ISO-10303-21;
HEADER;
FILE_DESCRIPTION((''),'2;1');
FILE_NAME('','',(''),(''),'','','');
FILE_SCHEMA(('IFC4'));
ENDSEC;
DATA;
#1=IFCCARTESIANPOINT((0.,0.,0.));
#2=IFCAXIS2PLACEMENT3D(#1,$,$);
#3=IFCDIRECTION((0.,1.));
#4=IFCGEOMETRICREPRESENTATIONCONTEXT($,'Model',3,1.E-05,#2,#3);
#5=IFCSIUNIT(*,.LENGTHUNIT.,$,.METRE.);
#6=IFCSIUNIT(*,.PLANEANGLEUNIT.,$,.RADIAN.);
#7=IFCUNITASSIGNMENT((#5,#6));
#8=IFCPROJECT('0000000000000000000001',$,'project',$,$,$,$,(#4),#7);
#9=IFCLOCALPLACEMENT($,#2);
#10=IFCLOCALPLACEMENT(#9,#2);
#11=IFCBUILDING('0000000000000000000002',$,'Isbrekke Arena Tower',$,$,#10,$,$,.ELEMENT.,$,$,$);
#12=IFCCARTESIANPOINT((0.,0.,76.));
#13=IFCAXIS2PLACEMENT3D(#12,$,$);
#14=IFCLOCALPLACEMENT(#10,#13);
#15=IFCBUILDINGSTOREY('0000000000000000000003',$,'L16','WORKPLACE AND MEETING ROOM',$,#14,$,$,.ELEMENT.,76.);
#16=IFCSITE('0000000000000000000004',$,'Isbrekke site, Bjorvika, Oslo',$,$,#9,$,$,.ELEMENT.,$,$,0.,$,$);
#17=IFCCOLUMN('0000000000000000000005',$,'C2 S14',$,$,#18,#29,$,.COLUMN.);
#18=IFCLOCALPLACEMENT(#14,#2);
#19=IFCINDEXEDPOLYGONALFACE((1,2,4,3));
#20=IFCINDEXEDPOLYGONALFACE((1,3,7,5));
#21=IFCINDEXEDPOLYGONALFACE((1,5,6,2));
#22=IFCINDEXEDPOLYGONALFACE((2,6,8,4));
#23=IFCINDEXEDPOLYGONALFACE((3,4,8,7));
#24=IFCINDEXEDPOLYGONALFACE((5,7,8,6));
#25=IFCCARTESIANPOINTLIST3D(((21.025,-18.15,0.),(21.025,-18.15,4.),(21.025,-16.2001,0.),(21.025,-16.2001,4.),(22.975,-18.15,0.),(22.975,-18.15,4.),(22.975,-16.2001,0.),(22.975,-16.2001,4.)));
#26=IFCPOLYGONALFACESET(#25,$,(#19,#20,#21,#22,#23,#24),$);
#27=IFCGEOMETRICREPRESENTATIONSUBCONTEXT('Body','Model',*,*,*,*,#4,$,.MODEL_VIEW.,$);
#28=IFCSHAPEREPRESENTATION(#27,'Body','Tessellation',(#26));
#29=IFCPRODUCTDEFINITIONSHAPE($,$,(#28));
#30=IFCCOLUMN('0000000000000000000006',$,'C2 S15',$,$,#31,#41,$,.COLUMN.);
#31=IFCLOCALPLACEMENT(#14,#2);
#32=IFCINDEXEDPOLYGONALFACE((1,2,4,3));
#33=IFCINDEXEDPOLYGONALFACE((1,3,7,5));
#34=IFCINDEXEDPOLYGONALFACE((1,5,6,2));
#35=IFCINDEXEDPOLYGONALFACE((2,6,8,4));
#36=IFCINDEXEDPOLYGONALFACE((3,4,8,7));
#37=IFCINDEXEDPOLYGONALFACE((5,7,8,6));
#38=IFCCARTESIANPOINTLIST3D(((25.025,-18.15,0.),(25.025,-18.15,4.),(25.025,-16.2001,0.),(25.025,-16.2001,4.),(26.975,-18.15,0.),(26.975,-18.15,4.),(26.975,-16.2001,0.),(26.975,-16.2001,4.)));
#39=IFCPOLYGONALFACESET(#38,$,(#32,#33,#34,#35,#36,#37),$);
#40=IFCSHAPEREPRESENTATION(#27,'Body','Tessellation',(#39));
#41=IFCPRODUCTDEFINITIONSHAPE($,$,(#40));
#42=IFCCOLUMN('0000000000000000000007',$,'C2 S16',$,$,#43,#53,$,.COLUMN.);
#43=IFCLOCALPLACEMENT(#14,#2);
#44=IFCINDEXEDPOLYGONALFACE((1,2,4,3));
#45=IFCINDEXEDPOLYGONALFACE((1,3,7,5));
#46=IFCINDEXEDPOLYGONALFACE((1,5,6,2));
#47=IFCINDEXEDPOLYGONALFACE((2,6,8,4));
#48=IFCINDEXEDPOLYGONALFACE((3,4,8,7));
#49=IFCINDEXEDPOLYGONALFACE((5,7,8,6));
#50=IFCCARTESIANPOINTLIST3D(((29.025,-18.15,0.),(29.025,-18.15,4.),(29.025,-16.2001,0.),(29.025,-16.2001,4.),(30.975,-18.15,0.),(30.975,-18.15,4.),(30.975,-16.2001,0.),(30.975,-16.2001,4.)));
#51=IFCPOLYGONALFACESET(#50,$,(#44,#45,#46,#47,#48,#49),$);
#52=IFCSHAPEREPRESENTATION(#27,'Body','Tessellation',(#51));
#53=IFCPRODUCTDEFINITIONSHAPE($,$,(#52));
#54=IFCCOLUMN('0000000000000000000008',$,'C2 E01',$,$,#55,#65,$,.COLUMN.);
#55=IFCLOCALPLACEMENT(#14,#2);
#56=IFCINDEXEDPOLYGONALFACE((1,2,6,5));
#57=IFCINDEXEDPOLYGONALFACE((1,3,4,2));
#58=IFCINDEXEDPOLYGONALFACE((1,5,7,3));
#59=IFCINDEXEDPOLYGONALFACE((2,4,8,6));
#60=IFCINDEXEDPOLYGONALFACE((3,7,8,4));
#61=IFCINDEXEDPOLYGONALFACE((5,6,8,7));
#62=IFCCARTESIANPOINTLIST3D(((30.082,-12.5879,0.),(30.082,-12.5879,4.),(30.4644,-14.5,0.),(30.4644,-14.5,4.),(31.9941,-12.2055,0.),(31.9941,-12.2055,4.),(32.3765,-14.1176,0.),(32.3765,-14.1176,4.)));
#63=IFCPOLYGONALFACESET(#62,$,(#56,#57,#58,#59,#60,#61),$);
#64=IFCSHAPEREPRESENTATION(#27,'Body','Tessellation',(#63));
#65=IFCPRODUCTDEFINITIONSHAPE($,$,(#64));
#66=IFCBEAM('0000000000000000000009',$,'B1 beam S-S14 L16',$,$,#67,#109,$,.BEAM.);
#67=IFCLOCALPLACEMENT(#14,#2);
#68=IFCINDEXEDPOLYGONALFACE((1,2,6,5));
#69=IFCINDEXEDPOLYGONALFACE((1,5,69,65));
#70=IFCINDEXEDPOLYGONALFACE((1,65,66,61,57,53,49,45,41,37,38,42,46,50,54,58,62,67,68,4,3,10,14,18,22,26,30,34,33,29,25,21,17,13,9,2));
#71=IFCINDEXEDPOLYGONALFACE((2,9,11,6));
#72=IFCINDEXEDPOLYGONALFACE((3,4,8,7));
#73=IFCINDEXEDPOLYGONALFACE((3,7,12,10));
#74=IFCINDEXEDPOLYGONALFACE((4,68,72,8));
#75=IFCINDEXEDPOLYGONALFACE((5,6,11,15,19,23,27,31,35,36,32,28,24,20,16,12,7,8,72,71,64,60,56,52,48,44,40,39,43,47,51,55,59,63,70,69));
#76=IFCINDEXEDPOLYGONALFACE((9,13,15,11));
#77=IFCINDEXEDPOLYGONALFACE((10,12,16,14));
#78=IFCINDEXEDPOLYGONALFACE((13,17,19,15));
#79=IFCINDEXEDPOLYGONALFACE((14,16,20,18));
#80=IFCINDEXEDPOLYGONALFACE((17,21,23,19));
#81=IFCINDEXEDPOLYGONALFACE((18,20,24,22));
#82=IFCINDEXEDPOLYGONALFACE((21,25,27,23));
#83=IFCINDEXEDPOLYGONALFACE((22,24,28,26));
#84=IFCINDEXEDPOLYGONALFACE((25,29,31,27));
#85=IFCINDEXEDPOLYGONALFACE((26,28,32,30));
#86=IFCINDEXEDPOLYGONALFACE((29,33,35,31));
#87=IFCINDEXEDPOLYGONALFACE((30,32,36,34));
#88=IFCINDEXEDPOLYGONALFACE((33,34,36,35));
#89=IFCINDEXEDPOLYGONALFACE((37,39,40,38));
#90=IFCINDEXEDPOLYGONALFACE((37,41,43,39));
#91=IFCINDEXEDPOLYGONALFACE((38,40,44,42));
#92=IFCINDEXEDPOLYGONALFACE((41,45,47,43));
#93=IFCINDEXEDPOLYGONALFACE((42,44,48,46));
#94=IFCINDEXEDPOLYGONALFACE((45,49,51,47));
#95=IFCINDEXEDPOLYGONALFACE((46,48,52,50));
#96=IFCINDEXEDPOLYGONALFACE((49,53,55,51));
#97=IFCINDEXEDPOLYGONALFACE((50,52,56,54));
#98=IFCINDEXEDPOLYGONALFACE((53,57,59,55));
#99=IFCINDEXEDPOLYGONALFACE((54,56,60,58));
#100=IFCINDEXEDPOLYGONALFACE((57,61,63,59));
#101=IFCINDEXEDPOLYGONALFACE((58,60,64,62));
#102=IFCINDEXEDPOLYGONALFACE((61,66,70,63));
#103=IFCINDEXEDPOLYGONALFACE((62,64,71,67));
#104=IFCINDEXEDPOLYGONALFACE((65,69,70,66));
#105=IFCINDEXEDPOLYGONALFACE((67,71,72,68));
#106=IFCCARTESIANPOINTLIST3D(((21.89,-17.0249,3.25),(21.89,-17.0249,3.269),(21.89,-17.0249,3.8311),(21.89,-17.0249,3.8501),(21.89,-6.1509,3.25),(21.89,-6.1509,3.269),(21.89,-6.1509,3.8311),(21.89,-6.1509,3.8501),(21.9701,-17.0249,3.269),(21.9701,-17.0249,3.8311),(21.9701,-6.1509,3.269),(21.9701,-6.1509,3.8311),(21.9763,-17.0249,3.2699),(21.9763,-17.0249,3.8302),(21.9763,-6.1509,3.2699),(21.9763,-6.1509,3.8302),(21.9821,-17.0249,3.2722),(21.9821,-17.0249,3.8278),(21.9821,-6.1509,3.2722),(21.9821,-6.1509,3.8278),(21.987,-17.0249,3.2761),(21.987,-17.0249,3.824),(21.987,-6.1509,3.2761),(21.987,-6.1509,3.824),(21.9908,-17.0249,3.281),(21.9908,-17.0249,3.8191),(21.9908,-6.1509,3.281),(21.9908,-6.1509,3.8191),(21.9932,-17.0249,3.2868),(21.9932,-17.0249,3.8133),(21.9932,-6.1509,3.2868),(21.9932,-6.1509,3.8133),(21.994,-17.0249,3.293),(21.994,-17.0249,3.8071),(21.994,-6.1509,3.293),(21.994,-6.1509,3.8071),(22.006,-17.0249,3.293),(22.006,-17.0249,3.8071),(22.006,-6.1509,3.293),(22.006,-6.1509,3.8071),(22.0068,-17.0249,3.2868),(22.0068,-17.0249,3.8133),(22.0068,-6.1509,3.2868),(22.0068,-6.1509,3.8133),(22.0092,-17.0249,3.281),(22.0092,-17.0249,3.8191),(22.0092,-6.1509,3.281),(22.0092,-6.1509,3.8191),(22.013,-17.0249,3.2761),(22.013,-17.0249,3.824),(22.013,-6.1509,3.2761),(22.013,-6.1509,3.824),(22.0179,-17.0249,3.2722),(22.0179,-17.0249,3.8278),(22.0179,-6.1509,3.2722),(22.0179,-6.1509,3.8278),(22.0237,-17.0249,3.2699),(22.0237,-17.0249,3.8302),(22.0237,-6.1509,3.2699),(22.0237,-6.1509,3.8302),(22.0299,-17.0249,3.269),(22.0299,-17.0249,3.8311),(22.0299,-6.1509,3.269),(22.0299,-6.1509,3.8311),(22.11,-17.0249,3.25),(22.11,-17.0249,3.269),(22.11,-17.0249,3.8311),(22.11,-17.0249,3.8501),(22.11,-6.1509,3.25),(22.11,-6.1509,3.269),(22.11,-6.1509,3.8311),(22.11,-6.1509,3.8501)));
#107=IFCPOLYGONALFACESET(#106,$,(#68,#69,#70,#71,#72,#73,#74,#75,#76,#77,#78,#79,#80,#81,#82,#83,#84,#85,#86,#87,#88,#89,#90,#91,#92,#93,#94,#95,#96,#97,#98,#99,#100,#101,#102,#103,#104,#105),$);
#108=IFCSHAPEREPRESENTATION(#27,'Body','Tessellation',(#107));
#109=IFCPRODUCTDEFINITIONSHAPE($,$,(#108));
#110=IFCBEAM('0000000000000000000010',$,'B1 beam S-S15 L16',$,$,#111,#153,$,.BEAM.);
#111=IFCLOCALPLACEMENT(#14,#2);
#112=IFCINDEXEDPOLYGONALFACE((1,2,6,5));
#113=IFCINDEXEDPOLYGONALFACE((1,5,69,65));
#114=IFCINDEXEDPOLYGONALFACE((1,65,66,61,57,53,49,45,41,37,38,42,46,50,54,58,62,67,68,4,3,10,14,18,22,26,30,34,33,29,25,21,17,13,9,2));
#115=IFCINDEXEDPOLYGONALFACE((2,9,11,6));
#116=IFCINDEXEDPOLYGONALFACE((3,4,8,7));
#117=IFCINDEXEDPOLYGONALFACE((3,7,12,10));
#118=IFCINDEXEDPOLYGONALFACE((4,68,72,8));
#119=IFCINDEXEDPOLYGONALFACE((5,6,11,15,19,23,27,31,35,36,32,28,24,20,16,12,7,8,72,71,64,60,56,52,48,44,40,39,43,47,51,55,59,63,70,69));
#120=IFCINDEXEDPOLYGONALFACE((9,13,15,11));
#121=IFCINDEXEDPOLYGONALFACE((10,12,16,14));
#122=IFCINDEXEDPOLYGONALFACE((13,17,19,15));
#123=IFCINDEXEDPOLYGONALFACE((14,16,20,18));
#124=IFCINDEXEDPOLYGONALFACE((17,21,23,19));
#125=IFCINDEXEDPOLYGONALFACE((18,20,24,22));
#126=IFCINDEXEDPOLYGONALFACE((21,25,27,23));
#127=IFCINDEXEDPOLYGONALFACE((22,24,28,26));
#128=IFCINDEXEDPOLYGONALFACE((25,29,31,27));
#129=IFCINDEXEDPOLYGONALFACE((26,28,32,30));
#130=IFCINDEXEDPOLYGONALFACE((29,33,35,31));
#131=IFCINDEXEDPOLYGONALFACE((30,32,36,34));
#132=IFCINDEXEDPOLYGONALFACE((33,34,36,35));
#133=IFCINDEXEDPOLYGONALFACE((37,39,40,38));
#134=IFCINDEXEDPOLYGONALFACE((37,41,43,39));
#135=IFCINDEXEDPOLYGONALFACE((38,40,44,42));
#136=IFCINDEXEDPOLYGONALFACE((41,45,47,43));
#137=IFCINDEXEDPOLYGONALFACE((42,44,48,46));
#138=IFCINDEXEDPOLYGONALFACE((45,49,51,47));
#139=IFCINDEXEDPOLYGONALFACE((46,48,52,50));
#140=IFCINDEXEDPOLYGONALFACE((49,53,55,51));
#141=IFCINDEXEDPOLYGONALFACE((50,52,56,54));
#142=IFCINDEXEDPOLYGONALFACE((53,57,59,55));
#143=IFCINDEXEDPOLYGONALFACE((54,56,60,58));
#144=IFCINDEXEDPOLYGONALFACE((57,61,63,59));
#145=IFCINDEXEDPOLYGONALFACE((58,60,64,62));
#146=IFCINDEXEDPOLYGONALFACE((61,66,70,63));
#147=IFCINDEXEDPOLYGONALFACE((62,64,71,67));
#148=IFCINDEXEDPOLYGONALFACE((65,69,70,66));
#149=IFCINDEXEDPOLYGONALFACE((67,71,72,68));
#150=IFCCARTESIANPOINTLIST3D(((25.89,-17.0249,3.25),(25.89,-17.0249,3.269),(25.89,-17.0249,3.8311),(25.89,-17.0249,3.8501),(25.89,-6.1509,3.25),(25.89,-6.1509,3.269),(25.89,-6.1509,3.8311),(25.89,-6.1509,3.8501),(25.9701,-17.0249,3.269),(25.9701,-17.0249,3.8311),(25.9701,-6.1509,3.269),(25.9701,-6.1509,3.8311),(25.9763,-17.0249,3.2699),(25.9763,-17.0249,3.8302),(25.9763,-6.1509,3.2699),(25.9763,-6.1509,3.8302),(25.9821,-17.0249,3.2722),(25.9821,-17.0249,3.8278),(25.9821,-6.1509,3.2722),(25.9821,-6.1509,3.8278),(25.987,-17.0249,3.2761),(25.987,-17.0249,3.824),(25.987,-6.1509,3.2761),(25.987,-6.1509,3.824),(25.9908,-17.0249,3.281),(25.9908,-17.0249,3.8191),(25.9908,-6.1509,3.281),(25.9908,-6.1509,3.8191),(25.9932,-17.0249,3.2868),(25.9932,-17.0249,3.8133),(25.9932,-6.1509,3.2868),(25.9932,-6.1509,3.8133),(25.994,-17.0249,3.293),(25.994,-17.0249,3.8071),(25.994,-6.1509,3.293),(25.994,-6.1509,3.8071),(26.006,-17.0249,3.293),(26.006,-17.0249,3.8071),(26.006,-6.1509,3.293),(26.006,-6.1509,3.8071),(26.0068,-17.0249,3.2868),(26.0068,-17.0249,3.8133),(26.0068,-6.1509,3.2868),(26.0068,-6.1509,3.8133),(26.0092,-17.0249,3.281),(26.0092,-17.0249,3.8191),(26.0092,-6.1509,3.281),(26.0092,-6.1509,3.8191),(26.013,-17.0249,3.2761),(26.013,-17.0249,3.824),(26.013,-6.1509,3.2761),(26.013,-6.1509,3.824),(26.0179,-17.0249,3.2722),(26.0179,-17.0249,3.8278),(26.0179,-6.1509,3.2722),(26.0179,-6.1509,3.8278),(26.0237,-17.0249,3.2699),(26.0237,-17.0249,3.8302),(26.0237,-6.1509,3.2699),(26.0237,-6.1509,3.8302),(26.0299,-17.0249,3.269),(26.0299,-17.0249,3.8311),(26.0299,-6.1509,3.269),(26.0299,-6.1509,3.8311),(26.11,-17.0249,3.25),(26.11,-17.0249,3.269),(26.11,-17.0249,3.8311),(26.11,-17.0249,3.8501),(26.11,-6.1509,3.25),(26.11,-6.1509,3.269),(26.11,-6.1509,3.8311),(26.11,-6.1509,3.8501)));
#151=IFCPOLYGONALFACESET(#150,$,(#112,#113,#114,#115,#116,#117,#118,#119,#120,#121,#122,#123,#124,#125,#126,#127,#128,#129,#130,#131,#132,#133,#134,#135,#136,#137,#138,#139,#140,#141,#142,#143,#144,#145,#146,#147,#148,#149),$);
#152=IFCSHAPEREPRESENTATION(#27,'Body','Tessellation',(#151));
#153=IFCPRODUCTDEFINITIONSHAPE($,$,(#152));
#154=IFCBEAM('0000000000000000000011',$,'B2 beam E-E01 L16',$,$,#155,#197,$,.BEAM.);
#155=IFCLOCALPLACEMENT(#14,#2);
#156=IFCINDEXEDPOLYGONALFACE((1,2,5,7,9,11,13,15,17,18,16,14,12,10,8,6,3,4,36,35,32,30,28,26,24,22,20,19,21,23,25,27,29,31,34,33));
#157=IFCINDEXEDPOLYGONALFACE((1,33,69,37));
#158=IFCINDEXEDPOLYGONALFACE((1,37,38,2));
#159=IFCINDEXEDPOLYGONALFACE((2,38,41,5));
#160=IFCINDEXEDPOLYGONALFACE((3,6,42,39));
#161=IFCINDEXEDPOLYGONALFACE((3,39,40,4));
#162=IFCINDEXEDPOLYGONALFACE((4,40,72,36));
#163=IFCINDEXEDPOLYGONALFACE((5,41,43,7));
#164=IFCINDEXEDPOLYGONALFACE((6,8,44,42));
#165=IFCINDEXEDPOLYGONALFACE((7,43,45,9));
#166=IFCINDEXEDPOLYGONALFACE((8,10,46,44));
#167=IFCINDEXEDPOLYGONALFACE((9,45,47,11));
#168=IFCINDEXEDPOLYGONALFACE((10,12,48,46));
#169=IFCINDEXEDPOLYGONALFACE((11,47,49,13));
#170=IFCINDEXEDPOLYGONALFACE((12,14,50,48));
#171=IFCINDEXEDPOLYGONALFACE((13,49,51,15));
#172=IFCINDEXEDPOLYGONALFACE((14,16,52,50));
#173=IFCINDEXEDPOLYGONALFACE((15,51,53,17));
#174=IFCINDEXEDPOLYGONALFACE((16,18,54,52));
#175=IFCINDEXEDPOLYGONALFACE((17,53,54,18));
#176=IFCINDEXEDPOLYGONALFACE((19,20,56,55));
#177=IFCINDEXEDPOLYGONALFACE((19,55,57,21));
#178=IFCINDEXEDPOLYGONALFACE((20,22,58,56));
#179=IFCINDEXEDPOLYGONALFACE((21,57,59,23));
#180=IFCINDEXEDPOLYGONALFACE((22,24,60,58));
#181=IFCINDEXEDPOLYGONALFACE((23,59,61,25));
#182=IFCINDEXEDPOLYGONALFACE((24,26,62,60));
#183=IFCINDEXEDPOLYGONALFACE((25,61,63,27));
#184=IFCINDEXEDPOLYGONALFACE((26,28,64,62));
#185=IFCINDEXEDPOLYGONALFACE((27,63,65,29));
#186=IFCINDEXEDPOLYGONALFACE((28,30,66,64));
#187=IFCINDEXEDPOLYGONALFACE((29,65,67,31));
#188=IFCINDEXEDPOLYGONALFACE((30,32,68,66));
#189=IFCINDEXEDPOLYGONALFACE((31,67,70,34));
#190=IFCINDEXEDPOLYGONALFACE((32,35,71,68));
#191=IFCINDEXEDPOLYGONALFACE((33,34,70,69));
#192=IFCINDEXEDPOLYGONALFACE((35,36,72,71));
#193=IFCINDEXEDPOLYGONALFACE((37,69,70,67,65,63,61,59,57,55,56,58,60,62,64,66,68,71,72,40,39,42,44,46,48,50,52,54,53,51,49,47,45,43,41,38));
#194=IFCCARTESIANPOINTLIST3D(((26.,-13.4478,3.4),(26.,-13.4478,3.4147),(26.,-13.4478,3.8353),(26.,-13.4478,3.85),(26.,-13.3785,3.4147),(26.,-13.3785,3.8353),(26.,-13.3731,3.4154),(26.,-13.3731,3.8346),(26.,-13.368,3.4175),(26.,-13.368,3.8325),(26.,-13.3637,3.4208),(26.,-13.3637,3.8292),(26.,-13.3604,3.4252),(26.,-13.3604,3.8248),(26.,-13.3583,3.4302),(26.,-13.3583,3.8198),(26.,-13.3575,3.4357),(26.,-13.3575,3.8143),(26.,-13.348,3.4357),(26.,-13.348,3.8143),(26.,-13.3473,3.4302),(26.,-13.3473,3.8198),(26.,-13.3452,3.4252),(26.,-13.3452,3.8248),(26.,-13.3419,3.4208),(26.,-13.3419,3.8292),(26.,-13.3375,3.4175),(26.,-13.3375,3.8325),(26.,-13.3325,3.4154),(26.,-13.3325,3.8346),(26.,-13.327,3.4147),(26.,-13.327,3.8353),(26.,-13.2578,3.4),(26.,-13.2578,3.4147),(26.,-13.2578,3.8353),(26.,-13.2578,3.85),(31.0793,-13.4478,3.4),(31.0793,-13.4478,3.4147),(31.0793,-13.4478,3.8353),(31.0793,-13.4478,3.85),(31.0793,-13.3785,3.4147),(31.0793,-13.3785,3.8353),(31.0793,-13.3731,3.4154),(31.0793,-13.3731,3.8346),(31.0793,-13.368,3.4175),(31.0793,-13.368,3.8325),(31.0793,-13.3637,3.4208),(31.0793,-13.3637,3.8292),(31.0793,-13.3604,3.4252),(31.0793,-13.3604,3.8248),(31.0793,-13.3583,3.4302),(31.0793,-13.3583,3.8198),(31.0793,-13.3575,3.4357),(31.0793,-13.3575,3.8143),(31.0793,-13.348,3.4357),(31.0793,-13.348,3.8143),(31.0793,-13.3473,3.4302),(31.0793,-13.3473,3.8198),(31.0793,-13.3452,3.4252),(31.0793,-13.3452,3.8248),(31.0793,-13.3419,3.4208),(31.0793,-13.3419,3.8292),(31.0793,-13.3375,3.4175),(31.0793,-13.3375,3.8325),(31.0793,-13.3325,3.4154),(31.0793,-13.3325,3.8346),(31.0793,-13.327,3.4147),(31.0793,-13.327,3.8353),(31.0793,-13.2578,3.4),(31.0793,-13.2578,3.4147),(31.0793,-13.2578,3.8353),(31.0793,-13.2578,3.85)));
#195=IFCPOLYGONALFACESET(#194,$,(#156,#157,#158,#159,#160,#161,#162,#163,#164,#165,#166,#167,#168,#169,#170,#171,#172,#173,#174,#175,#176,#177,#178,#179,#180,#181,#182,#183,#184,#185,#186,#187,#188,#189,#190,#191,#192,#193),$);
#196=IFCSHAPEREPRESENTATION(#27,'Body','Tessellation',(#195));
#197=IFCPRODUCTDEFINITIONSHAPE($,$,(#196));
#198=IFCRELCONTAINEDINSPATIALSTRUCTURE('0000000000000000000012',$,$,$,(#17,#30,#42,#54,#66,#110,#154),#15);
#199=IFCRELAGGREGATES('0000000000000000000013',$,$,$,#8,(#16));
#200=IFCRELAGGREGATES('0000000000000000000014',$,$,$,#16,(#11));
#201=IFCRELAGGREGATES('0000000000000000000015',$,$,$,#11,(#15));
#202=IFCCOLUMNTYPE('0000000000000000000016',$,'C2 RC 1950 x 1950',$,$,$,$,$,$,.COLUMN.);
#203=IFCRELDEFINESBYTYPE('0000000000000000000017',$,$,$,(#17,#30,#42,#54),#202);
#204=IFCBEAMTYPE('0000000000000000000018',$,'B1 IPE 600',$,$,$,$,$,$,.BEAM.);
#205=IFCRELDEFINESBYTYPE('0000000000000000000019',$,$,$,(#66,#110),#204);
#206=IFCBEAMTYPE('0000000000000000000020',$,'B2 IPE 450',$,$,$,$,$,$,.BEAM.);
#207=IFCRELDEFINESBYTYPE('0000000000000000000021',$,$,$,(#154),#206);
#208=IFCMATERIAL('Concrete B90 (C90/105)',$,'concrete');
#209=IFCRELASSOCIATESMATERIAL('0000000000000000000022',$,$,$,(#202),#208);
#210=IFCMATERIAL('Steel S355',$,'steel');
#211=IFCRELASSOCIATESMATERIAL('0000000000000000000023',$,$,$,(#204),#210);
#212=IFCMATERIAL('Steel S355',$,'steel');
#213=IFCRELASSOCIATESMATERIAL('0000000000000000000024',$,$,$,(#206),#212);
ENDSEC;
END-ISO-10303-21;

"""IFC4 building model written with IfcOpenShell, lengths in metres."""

from ifc_helpers import new_model, si_unit, direction, frame, origin, origin_2d, place, context, subcontext, project, spatial, rectangle, i_section, extrude, material, material_profile, profile_set, type_object, element, save


model = new_model("IFC4")

# Units and contexts
model_context = context("Model", 3, precision=1e-05, world=origin(), true_north=direction((0.0, 1.0)))
body_context = subcontext(model_context, "Body", "Model", "MODEL_VIEW")
ifc_project = project(units=[si_unit("LENGTHUNIT", "METRE"), si_unit("PLANEANGLEUNIT", "RADIAN")], contexts=[model_context])

# Site, building, storey
site_placement = place(None, origin())
site = spatial("IfcSite", under=ifc_project, at=site_placement, Name="Isbrekke site, Bjorvika, Oslo", CompositionType="ELEMENT", RefElevation=0.0)
building_placement = place(site_placement, origin())
building = spatial("IfcBuilding", under=site, at=building_placement, Name="Isbrekke Arena Tower", CompositionType="ELEMENT")
storey_placement = place(building_placement, frame((0.0, 0.0, 76.0)))
storey = spatial("IfcBuildingStorey", under=building, at=storey_placement, Name="L16", Description="WORKPLACE AND MEETING ROOM", CompositionType="ELEMENT", Elevation=76.0)

# Columns
ifc_material_1 = material(Name="Concrete B90 (C90/105)", Category="concrete")
ifc_material_profile_1 = material_profile(ifc_material_1, rectangle(XDim=1.95, YDim=1.95, at=origin_2d()), Name="RC 1950x1950")
ifc_profile_set_1 = profile_set([ifc_material_profile_1], Name="Concrete B90 (C90/105)")
column_type = type_object("IfcColumnType", Name="C2 RC 1950 x 1950", PredefinedType="COLUMN", material=ifc_profile_set_1)
for number, where, z_axis, x_axis, name in (
    (1, (22.0, -17.175, 0.0), (0.0, 0.0, 1.0), (1.0, 0.0, 0.0), "C2 S14"),
    (2, (26.0, -17.175, 0.0), (0.0, 0.0, 1.0), (1.0, 0.0, 0.0), "C2 S15"),
    (3, (30.0, -17.175, 0.0), (0.0, 0.0, 1.0), (1.0, 0.0, 0.0), "C2 S16"),
    (4, (31.2292, -13.3528, 0.0), (0.0, 0.0, 1.0), (-0.196116, 0.980581, 0.0), "C2 E01"),
):
    element("IfcColumn", number, at=place(storey_placement, frame(where, z_axis=z_axis, x_axis=x_axis)), inside=storey, type_object=column_type, Name=name, PredefinedType="COLUMN", context=body_context, shape_type="SweptSolid", body=[
        extrude(rectangle(XDim=1.95, YDim=1.95, at=origin_2d()), origin(), (0.0, 0.0, 1.0), 4.0),
    ])

# Beams
ifc_material_2 = material(Name="Steel S355", Category="steel")
ifc_material_profile_2 = material_profile(ifc_material_2, i_section(OverallWidth=0.22, OverallDepth=0.6001, WebThickness=0.012, FlangeThickness=0.019, FilletRadius=0.0239, at=origin_2d()), Name="IPE 600")
ifc_profile_set_2 = profile_set([ifc_material_profile_2], Name="Steel S355")
beam_type_1 = type_object("IfcBeamType", Name="B1 IPE 600", PredefinedType="BEAM", material=ifc_profile_set_2)
for number, where, z_axis, x_axis, name in (
    (5, (22.0, -17.0249, 3.55), (0.0, 1.0, 0.0), (-1.0, 0.0, 0.0), "B1 beam S-S14 L16"),
    (6, (26.0, -17.0249, 3.55), (0.0, 1.0, 0.0), (-1.0, 0.0, 0.0), "B1 beam S-S15 L16"),
):
    element("IfcBeam", number, at=place(storey_placement, frame(where, z_axis=z_axis, x_axis=x_axis)), inside=storey, type_object=beam_type_1, Name=name, PredefinedType="BEAM", context=body_context, shape_type="SweptSolid", body=[
        extrude(i_section(OverallWidth=0.22, OverallDepth=0.6001, WebThickness=0.012, FlangeThickness=0.019, FilletRadius=0.0239, at=origin_2d()), origin(), (0.0, 0.0, 1.0), 10.874),
    ])
ifc_material_3 = material(Name="Steel S355", Category="steel")
ifc_material_profile_3 = material_profile(ifc_material_3, i_section(OverallWidth=0.1899, OverallDepth=0.45, WebThickness=0.0095, FlangeThickness=0.0146, FilletRadius=0.021, at=origin_2d()), Name="IPE 450")
ifc_profile_set_3 = profile_set([ifc_material_profile_3], Name="Steel S355")
beam_type_2 = type_object("IfcBeamType", Name="B2 IPE 450", PredefinedType="BEAM", material=ifc_profile_set_3)
beam_1_placement = place(storey_placement, frame((31.0793, -13.3528, 3.625), z_axis=(-1.0, 0.0, 0.0), x_axis=(0.0, -1.0, 0.0)))
element("IfcBeam", 7, at=beam_1_placement, inside=storey, type_object=beam_type_2, Name="B2 beam E-E01 L16", PredefinedType="BEAM", context=body_context, shape_type="SweptSolid", body=[
    extrude(i_section(OverallWidth=0.1899, OverallDepth=0.45, WebThickness=0.0095, FlangeThickness=0.0146, FilletRadius=0.021, at=origin_2d()), origin(), (0.0, 0.0, 1.0), 5.0793),
])

save(model, "model.ifc")
